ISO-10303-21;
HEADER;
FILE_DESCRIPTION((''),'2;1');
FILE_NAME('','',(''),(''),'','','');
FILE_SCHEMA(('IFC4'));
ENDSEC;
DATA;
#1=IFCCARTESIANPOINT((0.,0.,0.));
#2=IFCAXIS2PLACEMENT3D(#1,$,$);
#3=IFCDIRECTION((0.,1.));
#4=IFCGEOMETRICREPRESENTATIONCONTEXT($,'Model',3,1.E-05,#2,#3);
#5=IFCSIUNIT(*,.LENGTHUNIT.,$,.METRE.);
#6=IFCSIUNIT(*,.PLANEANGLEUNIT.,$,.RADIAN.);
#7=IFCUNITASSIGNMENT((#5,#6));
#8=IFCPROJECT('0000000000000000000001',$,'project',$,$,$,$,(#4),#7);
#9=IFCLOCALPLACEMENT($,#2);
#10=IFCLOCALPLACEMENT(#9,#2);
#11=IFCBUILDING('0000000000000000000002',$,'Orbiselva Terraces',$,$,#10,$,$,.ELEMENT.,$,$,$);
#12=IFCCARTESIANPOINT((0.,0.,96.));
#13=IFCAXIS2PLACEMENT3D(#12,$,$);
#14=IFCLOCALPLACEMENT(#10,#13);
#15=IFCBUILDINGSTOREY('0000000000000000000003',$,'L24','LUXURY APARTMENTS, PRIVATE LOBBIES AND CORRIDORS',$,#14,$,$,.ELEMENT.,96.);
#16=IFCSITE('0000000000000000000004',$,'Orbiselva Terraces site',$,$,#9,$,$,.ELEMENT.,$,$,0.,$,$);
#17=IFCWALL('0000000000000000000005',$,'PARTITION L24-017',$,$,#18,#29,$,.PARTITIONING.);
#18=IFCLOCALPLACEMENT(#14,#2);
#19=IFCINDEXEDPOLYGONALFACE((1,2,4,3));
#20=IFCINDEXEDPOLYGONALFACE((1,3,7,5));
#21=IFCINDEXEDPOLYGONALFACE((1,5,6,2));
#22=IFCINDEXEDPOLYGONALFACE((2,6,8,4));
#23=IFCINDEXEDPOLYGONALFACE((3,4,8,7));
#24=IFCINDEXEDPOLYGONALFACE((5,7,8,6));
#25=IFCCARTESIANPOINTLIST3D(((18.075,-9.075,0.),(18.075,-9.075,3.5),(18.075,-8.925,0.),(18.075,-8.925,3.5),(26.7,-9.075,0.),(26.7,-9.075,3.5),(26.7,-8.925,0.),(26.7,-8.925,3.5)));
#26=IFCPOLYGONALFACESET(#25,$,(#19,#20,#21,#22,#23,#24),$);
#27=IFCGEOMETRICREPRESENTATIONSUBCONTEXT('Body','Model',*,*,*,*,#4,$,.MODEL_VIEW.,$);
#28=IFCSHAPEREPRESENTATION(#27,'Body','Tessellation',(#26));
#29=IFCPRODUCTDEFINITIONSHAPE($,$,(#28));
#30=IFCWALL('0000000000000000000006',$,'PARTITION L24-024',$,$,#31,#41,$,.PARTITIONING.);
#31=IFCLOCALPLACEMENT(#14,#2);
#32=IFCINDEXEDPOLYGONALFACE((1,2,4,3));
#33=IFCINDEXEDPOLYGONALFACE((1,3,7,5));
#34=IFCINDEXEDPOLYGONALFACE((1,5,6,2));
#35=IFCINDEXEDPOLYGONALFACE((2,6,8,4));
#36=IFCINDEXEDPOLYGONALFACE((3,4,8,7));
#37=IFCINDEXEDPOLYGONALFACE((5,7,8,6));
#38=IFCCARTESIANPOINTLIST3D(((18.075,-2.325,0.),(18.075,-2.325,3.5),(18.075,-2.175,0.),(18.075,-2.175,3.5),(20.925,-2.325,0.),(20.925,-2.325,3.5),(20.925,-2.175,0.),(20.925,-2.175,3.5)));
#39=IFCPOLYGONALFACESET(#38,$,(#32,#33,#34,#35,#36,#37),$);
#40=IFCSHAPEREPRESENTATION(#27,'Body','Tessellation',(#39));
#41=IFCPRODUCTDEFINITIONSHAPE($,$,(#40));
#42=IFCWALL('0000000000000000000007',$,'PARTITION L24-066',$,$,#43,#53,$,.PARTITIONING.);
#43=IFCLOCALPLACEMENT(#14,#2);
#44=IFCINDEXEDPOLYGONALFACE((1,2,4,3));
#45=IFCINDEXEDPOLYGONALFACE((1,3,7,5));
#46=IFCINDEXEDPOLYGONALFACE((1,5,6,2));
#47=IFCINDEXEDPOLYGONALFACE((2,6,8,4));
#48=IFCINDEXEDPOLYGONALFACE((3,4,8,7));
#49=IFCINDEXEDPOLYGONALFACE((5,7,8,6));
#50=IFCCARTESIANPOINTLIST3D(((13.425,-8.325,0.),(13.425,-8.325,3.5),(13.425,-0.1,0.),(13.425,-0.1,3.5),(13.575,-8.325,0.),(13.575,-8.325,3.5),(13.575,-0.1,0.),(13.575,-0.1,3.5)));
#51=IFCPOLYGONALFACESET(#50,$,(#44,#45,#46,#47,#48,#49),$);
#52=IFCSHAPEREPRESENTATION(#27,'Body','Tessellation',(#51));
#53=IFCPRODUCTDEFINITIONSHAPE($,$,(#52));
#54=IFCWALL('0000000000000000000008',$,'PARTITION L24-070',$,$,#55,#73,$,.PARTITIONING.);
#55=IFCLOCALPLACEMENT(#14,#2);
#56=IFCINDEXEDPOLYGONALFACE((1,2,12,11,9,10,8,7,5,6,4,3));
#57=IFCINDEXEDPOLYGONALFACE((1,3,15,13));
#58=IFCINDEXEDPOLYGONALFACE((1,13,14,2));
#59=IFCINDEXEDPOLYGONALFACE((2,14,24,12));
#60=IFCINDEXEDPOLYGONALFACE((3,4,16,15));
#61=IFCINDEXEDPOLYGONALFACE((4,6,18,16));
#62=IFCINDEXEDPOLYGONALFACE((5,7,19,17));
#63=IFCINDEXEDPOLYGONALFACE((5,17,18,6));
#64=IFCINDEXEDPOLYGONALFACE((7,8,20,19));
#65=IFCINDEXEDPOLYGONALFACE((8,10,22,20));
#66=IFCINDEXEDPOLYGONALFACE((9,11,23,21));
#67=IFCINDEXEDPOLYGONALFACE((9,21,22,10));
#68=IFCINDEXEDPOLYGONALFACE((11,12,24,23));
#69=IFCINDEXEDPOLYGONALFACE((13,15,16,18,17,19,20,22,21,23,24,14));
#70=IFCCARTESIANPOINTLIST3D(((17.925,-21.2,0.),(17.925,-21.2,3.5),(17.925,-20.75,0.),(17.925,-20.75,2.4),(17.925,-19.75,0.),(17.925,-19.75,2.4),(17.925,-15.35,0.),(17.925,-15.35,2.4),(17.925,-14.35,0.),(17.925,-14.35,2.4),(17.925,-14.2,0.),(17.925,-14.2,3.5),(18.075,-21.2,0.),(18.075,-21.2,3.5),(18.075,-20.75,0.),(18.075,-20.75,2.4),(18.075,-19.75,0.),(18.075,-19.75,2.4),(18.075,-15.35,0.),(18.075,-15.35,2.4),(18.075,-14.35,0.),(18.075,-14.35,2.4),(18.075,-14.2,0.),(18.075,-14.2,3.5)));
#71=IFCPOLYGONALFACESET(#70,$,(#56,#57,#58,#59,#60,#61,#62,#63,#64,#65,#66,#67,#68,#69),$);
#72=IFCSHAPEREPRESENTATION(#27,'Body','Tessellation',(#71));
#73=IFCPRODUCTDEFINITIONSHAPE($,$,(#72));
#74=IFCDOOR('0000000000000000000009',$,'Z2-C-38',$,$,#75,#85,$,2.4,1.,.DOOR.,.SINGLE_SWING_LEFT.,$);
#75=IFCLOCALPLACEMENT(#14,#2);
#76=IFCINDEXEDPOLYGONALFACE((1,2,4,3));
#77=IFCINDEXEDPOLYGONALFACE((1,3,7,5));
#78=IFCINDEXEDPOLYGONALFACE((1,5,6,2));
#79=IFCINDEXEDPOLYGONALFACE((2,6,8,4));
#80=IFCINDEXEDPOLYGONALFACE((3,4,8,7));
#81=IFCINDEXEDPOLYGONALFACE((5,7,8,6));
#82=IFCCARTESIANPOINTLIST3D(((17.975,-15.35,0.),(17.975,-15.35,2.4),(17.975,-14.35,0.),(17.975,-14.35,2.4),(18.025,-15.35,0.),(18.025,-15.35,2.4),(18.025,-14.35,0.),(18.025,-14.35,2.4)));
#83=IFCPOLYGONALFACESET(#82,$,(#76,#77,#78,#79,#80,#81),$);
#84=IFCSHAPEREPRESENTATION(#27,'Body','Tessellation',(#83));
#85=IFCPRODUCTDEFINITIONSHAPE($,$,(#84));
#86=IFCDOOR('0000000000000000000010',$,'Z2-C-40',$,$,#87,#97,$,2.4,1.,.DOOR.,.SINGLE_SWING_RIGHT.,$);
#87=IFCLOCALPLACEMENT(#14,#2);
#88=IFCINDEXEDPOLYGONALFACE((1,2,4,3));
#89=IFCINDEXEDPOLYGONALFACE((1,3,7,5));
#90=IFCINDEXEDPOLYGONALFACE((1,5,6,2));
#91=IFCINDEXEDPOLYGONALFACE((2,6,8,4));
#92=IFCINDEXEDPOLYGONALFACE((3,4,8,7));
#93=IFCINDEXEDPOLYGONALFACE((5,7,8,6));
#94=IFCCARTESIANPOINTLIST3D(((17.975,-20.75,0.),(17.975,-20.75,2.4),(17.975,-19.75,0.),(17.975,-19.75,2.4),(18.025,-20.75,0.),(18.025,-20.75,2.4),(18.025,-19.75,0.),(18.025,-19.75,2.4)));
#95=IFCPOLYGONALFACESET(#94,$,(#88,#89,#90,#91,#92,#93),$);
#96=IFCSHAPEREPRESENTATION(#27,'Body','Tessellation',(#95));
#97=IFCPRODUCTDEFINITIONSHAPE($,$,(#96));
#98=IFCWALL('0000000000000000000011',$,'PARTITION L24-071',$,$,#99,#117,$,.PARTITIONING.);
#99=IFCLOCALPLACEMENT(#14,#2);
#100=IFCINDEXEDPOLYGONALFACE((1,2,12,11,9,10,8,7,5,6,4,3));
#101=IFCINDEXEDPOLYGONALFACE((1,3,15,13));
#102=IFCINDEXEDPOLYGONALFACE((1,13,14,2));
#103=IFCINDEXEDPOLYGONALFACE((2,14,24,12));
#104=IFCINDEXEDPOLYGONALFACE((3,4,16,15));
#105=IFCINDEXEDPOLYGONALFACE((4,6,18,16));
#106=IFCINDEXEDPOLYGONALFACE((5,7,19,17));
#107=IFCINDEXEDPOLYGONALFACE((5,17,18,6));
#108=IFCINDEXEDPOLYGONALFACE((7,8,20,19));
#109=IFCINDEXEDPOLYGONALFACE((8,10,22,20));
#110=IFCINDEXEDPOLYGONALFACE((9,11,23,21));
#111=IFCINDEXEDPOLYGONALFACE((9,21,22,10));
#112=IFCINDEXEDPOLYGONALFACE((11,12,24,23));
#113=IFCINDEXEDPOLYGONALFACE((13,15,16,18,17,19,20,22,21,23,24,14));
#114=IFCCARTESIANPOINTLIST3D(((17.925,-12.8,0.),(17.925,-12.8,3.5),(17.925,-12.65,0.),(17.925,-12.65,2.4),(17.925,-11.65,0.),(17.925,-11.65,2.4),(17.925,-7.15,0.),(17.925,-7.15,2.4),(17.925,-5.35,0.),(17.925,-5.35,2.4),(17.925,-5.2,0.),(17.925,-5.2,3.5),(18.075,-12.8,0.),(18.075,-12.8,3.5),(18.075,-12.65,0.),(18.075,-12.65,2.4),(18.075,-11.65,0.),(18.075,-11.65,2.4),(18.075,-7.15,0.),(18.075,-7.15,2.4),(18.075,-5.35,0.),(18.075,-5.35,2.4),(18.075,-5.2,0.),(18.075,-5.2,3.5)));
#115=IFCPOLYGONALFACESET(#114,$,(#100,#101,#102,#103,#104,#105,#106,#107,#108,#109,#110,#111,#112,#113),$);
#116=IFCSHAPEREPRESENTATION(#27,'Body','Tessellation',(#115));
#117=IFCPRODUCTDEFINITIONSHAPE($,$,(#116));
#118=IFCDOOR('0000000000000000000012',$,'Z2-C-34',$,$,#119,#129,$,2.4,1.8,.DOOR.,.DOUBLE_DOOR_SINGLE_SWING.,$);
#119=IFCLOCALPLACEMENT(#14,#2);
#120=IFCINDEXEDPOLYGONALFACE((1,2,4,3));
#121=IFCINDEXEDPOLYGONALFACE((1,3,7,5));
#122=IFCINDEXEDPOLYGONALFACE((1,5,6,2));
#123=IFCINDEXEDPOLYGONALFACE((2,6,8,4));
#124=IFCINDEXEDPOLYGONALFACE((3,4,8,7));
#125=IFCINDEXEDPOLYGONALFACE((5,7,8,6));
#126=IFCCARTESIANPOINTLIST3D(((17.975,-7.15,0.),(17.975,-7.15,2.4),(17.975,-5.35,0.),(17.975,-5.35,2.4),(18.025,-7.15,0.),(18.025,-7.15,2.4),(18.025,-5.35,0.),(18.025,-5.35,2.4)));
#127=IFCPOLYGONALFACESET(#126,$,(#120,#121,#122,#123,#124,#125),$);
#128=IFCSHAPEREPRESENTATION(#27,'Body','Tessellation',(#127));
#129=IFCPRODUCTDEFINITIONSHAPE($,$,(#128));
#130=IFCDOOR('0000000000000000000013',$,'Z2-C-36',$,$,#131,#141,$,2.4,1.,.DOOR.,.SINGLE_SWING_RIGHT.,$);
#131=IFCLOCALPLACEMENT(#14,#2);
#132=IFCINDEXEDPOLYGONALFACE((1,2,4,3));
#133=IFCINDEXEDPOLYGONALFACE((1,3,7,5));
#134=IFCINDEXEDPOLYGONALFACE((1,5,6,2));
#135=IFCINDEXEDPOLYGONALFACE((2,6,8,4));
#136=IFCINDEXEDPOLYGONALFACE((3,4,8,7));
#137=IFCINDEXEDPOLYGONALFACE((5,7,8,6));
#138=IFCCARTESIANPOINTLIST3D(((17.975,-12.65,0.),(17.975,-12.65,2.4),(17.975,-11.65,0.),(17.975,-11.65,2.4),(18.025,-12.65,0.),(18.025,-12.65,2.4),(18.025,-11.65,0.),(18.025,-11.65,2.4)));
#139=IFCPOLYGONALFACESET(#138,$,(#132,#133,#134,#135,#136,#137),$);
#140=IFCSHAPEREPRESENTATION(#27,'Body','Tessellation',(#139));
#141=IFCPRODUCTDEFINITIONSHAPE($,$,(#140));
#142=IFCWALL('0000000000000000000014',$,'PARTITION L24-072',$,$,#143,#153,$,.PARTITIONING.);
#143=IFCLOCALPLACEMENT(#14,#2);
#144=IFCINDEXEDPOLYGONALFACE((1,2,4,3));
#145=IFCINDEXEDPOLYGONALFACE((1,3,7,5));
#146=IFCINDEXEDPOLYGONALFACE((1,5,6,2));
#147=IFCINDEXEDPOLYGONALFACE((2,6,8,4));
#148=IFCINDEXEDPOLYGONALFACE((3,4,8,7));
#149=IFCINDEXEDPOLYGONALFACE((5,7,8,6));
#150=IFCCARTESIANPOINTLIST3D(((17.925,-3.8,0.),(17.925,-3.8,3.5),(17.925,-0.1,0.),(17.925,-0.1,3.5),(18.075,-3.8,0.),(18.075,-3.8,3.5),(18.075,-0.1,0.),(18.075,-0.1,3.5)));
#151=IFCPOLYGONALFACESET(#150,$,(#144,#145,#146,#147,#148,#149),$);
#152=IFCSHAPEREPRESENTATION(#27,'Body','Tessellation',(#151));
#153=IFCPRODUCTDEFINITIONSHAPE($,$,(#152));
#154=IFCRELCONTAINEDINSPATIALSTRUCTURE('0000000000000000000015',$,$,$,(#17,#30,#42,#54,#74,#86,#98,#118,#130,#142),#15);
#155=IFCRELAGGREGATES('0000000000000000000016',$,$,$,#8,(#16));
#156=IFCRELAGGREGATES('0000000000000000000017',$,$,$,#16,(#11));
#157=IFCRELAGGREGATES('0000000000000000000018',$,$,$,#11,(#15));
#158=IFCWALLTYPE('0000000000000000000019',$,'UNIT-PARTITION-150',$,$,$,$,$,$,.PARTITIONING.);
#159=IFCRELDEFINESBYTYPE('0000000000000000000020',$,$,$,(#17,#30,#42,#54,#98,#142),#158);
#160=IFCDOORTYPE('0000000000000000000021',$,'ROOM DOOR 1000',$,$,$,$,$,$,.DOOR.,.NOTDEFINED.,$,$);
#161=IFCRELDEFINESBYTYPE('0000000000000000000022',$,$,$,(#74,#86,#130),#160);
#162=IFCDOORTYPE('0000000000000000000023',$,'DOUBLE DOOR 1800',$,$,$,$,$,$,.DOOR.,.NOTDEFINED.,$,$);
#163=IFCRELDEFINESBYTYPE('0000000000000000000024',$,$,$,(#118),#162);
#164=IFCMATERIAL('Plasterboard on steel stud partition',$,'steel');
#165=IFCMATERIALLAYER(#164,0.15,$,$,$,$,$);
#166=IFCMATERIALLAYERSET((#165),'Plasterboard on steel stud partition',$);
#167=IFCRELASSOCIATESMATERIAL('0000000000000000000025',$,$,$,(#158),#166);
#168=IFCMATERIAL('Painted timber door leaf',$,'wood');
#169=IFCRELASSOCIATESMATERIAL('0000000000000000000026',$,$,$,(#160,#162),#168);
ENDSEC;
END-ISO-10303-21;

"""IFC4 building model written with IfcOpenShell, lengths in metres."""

from ifc_helpers import new_model, si_unit, direction, frame, frame_2d, origin, place, context, subcontext, project, spatial, rectangle, extrude, material, layer, layer_set, type_object, element, fill, save


model = new_model("IFC4")

# Units and contexts
model_context = context("Model", 3, precision=1e-05, world=origin(), true_north=direction((0.0, 1.0)))
body_context = subcontext(model_context, "Body", "Model", "MODEL_VIEW")
ifc_project = project(units=[si_unit("LENGTHUNIT", "METRE"), si_unit("PLANEANGLEUNIT", "RADIAN")], contexts=[model_context])

# Site, building, storey
site_placement = place(None, origin())
site = spatial("IfcSite", under=ifc_project, at=site_placement, Name="Orbiselva Terraces site", CompositionType="ELEMENT", RefElevation=0.0)
building_placement = place(site_placement, origin())
building = spatial("IfcBuilding", under=site, at=building_placement, Name="Orbiselva Terraces", CompositionType="ELEMENT")
storey_placement = place(building_placement, frame((0.0, 0.0, 96.0)))
storey = spatial("IfcBuildingStorey", under=building, at=storey_placement, Name="L24", Description="LUXURY APARTMENTS, PRIVATE LOBBIES AND CORRIDORS", CompositionType="ELEMENT", Elevation=96.0)

# Walls
ifc_material_1 = material(Name="Plasterboard on steel stud partition", Category="steel")
ifc_layer_1 = layer(ifc_material_1, 0.15)
ifc_layer_set_1 = layer_set([ifc_layer_1], Name="Plasterboard on steel stud partition")
wall_type_1 = type_object("IfcWallType", Name="UNIT-PARTITION-150", PredefinedType="PARTITIONING", material=ifc_layer_set_1)
wall_1_placement = place(storey_placement, frame((18.075, -9.0, 0.0), z_axis=(0.0, 0.0, 1.0), x_axis=(1.0, 0.0, 0.0)))
element("IfcWall", 1, at=wall_1_placement, inside=storey, type_object=wall_type_1, Name="PARTITION L24-017", PredefinedType="PARTITIONING", context=body_context, shape_type="SweptSolid", body=[
    extrude(rectangle(XDim=8.625, YDim=0.15, at=frame_2d((4.3125, 0.0))), origin(), (0.0, 0.0, 1.0), 3.5),
])
wall_2_placement = place(storey_placement, frame((18.075, -2.25, 0.0), z_axis=(0.0, 0.0, 1.0), x_axis=(1.0, 0.0, 0.0)))
element("IfcWall", 2, at=wall_2_placement, inside=storey, type_object=wall_type_1, Name="PARTITION L24-024", PredefinedType="PARTITIONING", context=body_context, shape_type="SweptSolid", body=[
    extrude(rectangle(XDim=2.85, YDim=0.15, at=frame_2d((1.425, 0.0))), origin(), (0.0, 0.0, 1.0), 3.5),
])
wall_3_placement = place(storey_placement, frame((13.5, -8.325, 0.0), z_axis=(0.0, 0.0, 1.0), x_axis=(0.0, 1.0, 0.0)))
element("IfcWall", 3, at=wall_3_placement, inside=storey, type_object=wall_type_1, Name="PARTITION L24-066", PredefinedType="PARTITIONING", context=body_context, shape_type="SweptSolid", body=[
    extrude(rectangle(XDim=8.225, YDim=0.15, at=frame_2d((4.1125, 0.0))), origin(), (0.0, 0.0, 1.0), 3.5),
])

# Walls, openings, doors
wall_4_placement = place(storey_placement, frame((18.0, -14.2, 0.0), z_axis=(0.0, 0.0, 1.0), x_axis=(0.0, -1.0, 0.0)))
wall_4 = element("IfcWall", 4, at=wall_4_placement, inside=storey, type_object=wall_type_1, Name="PARTITION L24-070", PredefinedType="PARTITIONING", context=body_context, shape_type="SweptSolid", body=[
    extrude(rectangle(XDim=7.0, YDim=0.15, at=frame_2d((3.5, 0.0))), origin(), (0.0, 0.0, 1.0), 3.5),
])
opening_1_placement = place(wall_4_placement, frame((0.15, 0.0, 0.0)))
opening_1 = element("IfcOpeningElement", 5, at=opening_1_placement, cuts=wall_4, PredefinedType="OPENING", context=body_context, shape_type="SweptSolid", body=[
    extrude(rectangle(XDim=1.0, YDim=2.4, at=frame_2d((0.5, 1.2))), frame((0.0, 0.085, 0.0), z_axis=(0.0, -1.0, 0.0), x_axis=(1.0, 0.0, 0.0)), (0.0, 0.0, 1.0), 0.17),
])
opening_2_placement = place(wall_4_placement, frame((5.55, 0.0, 0.0)))
opening_2 = element("IfcOpeningElement", 6, at=opening_2_placement, cuts=wall_4, PredefinedType="OPENING", context=body_context, shape_type="SweptSolid", body=[
    extrude(rectangle(XDim=1.0, YDim=2.4, at=frame_2d((0.5, 1.2))), frame((0.0, 0.085, 0.0), z_axis=(0.0, -1.0, 0.0), x_axis=(1.0, 0.0, 0.0)), (0.0, 0.0, 1.0), 0.17),
])
ifc_material_2 = material(Name="Painted timber door leaf", Category="wood")
door_type_1 = type_object("IfcDoorType", Name="ROOM DOOR 1000", OperationType="NOTDEFINED", PredefinedType="DOOR", material=ifc_material_2)
door_1_placement = place(opening_1_placement, origin())
door_1 = element("IfcDoor", 7, at=door_1_placement, inside=storey, type_object=door_type_1, Name="Z2-C-38", OperationType="SINGLE_SWING_LEFT", OverallHeight=2.4, OverallWidth=1.0, PredefinedType="DOOR", context=body_context, shape_type="SweptSolid", body=[
    extrude(rectangle(XDim=1.0, YDim=2.4, at=frame_2d((0.5, 1.2))), frame((0.0, 0.025, 0.0), z_axis=(0.0, -1.0, 0.0), x_axis=(1.0, 0.0, 0.0)), (0.0, 0.0, 1.0), 0.05),
])
fill(opening_1, door_1)
door_2_placement = place(opening_2_placement, origin())
door_2 = element("IfcDoor", 8, at=door_2_placement, inside=storey, type_object=door_type_1, Name="Z2-C-40", OperationType="SINGLE_SWING_RIGHT", OverallHeight=2.4, OverallWidth=1.0, PredefinedType="DOOR", context=body_context, shape_type="SweptSolid", body=[
    extrude(rectangle(XDim=1.0, YDim=2.4, at=frame_2d((0.5, 1.2))), frame((0.0, 0.025, 0.0), z_axis=(0.0, -1.0, 0.0), x_axis=(1.0, 0.0, 0.0)), (0.0, 0.0, 1.0), 0.05),
])
fill(opening_2, door_2)
wall_5_placement = place(storey_placement, frame((18.0, -5.2, 0.0), z_axis=(0.0, 0.0, 1.0), x_axis=(0.0, -1.0, 0.0)))
wall_5 = element("IfcWall", 9, at=wall_5_placement, inside=storey, type_object=wall_type_1, Name="PARTITION L24-071", PredefinedType="PARTITIONING", context=body_context, shape_type="SweptSolid", body=[
    extrude(rectangle(XDim=7.6, YDim=0.15, at=frame_2d((3.8, 0.0))), origin(), (0.0, 0.0, 1.0), 3.5),
])
opening_3_placement = place(wall_5_placement, frame((0.15, 0.0, 0.0)))
opening_3 = element("IfcOpeningElement", 10, at=opening_3_placement, cuts=wall_5, PredefinedType="OPENING", context=body_context, shape_type="SweptSolid", body=[
    extrude(rectangle(XDim=1.8, YDim=2.4, at=frame_2d((0.9, 1.2))), frame((0.0, 0.085, 0.0), z_axis=(0.0, -1.0, 0.0), x_axis=(1.0, 0.0, 0.0)), (0.0, 0.0, 1.0), 0.17),
])
opening_4_placement = place(wall_5_placement, frame((6.45, 0.0, 0.0)))
opening_4 = element("IfcOpeningElement", 11, at=opening_4_placement, cuts=wall_5, PredefinedType="OPENING", context=body_context, shape_type="SweptSolid", body=[
    extrude(rectangle(XDim=1.0, YDim=2.4, at=frame_2d((0.5, 1.2))), frame((0.0, 0.085, 0.0), z_axis=(0.0, -1.0, 0.0), x_axis=(1.0, 0.0, 0.0)), (0.0, 0.0, 1.0), 0.17),
])
door_type_2 = type_object("IfcDoorType", Name="DOUBLE DOOR 1800", OperationType="NOTDEFINED", PredefinedType="DOOR", material=ifc_material_2)
door_3_placement = place(opening_3_placement, origin())
door_3 = element("IfcDoor", 12, at=door_3_placement, inside=storey, type_object=door_type_2, Name="Z2-C-34", OperationType="DOUBLE_DOOR_SINGLE_SWING", OverallHeight=2.4, OverallWidth=1.8, PredefinedType="DOOR", context=body_context, shape_type="SweptSolid", body=[
    extrude(rectangle(XDim=1.8, YDim=2.4, at=frame_2d((0.9, 1.2))), frame((0.0, 0.025, 0.0), z_axis=(0.0, -1.0, 0.0), x_axis=(1.0, 0.0, 0.0)), (0.0, 0.0, 1.0), 0.05),
])
fill(opening_3, door_3)
door_4_placement = place(opening_4_placement, origin())
door_4 = element("IfcDoor", 13, at=door_4_placement, inside=storey, type_object=door_type_1, Name="Z2-C-36", OperationType="SINGLE_SWING_RIGHT", OverallHeight=2.4, OverallWidth=1.0, PredefinedType="DOOR", context=body_context, shape_type="SweptSolid", body=[
    extrude(rectangle(XDim=1.0, YDim=2.4, at=frame_2d((0.5, 1.2))), frame((0.0, 0.025, 0.0), z_axis=(0.0, -1.0, 0.0), x_axis=(1.0, 0.0, 0.0)), (0.0, 0.0, 1.0), 0.05),
])
fill(opening_4, door_4)

# Wall
wall_6_placement = place(storey_placement, frame((18.0, -3.8, 0.0), z_axis=(0.0, 0.0, 1.0), x_axis=(0.0, 1.0, 0.0)))
element("IfcWall", 14, at=wall_6_placement, inside=storey, type_object=wall_type_1, Name="PARTITION L24-072", PredefinedType="PARTITIONING", context=body_context, shape_type="SweptSolid", body=[
    extrude(rectangle(XDim=3.7, YDim=0.15, at=frame_2d((1.85, 0.0))), origin(), (0.0, 0.0, 1.0), 3.5),
])

save(model, "model.ifc")
